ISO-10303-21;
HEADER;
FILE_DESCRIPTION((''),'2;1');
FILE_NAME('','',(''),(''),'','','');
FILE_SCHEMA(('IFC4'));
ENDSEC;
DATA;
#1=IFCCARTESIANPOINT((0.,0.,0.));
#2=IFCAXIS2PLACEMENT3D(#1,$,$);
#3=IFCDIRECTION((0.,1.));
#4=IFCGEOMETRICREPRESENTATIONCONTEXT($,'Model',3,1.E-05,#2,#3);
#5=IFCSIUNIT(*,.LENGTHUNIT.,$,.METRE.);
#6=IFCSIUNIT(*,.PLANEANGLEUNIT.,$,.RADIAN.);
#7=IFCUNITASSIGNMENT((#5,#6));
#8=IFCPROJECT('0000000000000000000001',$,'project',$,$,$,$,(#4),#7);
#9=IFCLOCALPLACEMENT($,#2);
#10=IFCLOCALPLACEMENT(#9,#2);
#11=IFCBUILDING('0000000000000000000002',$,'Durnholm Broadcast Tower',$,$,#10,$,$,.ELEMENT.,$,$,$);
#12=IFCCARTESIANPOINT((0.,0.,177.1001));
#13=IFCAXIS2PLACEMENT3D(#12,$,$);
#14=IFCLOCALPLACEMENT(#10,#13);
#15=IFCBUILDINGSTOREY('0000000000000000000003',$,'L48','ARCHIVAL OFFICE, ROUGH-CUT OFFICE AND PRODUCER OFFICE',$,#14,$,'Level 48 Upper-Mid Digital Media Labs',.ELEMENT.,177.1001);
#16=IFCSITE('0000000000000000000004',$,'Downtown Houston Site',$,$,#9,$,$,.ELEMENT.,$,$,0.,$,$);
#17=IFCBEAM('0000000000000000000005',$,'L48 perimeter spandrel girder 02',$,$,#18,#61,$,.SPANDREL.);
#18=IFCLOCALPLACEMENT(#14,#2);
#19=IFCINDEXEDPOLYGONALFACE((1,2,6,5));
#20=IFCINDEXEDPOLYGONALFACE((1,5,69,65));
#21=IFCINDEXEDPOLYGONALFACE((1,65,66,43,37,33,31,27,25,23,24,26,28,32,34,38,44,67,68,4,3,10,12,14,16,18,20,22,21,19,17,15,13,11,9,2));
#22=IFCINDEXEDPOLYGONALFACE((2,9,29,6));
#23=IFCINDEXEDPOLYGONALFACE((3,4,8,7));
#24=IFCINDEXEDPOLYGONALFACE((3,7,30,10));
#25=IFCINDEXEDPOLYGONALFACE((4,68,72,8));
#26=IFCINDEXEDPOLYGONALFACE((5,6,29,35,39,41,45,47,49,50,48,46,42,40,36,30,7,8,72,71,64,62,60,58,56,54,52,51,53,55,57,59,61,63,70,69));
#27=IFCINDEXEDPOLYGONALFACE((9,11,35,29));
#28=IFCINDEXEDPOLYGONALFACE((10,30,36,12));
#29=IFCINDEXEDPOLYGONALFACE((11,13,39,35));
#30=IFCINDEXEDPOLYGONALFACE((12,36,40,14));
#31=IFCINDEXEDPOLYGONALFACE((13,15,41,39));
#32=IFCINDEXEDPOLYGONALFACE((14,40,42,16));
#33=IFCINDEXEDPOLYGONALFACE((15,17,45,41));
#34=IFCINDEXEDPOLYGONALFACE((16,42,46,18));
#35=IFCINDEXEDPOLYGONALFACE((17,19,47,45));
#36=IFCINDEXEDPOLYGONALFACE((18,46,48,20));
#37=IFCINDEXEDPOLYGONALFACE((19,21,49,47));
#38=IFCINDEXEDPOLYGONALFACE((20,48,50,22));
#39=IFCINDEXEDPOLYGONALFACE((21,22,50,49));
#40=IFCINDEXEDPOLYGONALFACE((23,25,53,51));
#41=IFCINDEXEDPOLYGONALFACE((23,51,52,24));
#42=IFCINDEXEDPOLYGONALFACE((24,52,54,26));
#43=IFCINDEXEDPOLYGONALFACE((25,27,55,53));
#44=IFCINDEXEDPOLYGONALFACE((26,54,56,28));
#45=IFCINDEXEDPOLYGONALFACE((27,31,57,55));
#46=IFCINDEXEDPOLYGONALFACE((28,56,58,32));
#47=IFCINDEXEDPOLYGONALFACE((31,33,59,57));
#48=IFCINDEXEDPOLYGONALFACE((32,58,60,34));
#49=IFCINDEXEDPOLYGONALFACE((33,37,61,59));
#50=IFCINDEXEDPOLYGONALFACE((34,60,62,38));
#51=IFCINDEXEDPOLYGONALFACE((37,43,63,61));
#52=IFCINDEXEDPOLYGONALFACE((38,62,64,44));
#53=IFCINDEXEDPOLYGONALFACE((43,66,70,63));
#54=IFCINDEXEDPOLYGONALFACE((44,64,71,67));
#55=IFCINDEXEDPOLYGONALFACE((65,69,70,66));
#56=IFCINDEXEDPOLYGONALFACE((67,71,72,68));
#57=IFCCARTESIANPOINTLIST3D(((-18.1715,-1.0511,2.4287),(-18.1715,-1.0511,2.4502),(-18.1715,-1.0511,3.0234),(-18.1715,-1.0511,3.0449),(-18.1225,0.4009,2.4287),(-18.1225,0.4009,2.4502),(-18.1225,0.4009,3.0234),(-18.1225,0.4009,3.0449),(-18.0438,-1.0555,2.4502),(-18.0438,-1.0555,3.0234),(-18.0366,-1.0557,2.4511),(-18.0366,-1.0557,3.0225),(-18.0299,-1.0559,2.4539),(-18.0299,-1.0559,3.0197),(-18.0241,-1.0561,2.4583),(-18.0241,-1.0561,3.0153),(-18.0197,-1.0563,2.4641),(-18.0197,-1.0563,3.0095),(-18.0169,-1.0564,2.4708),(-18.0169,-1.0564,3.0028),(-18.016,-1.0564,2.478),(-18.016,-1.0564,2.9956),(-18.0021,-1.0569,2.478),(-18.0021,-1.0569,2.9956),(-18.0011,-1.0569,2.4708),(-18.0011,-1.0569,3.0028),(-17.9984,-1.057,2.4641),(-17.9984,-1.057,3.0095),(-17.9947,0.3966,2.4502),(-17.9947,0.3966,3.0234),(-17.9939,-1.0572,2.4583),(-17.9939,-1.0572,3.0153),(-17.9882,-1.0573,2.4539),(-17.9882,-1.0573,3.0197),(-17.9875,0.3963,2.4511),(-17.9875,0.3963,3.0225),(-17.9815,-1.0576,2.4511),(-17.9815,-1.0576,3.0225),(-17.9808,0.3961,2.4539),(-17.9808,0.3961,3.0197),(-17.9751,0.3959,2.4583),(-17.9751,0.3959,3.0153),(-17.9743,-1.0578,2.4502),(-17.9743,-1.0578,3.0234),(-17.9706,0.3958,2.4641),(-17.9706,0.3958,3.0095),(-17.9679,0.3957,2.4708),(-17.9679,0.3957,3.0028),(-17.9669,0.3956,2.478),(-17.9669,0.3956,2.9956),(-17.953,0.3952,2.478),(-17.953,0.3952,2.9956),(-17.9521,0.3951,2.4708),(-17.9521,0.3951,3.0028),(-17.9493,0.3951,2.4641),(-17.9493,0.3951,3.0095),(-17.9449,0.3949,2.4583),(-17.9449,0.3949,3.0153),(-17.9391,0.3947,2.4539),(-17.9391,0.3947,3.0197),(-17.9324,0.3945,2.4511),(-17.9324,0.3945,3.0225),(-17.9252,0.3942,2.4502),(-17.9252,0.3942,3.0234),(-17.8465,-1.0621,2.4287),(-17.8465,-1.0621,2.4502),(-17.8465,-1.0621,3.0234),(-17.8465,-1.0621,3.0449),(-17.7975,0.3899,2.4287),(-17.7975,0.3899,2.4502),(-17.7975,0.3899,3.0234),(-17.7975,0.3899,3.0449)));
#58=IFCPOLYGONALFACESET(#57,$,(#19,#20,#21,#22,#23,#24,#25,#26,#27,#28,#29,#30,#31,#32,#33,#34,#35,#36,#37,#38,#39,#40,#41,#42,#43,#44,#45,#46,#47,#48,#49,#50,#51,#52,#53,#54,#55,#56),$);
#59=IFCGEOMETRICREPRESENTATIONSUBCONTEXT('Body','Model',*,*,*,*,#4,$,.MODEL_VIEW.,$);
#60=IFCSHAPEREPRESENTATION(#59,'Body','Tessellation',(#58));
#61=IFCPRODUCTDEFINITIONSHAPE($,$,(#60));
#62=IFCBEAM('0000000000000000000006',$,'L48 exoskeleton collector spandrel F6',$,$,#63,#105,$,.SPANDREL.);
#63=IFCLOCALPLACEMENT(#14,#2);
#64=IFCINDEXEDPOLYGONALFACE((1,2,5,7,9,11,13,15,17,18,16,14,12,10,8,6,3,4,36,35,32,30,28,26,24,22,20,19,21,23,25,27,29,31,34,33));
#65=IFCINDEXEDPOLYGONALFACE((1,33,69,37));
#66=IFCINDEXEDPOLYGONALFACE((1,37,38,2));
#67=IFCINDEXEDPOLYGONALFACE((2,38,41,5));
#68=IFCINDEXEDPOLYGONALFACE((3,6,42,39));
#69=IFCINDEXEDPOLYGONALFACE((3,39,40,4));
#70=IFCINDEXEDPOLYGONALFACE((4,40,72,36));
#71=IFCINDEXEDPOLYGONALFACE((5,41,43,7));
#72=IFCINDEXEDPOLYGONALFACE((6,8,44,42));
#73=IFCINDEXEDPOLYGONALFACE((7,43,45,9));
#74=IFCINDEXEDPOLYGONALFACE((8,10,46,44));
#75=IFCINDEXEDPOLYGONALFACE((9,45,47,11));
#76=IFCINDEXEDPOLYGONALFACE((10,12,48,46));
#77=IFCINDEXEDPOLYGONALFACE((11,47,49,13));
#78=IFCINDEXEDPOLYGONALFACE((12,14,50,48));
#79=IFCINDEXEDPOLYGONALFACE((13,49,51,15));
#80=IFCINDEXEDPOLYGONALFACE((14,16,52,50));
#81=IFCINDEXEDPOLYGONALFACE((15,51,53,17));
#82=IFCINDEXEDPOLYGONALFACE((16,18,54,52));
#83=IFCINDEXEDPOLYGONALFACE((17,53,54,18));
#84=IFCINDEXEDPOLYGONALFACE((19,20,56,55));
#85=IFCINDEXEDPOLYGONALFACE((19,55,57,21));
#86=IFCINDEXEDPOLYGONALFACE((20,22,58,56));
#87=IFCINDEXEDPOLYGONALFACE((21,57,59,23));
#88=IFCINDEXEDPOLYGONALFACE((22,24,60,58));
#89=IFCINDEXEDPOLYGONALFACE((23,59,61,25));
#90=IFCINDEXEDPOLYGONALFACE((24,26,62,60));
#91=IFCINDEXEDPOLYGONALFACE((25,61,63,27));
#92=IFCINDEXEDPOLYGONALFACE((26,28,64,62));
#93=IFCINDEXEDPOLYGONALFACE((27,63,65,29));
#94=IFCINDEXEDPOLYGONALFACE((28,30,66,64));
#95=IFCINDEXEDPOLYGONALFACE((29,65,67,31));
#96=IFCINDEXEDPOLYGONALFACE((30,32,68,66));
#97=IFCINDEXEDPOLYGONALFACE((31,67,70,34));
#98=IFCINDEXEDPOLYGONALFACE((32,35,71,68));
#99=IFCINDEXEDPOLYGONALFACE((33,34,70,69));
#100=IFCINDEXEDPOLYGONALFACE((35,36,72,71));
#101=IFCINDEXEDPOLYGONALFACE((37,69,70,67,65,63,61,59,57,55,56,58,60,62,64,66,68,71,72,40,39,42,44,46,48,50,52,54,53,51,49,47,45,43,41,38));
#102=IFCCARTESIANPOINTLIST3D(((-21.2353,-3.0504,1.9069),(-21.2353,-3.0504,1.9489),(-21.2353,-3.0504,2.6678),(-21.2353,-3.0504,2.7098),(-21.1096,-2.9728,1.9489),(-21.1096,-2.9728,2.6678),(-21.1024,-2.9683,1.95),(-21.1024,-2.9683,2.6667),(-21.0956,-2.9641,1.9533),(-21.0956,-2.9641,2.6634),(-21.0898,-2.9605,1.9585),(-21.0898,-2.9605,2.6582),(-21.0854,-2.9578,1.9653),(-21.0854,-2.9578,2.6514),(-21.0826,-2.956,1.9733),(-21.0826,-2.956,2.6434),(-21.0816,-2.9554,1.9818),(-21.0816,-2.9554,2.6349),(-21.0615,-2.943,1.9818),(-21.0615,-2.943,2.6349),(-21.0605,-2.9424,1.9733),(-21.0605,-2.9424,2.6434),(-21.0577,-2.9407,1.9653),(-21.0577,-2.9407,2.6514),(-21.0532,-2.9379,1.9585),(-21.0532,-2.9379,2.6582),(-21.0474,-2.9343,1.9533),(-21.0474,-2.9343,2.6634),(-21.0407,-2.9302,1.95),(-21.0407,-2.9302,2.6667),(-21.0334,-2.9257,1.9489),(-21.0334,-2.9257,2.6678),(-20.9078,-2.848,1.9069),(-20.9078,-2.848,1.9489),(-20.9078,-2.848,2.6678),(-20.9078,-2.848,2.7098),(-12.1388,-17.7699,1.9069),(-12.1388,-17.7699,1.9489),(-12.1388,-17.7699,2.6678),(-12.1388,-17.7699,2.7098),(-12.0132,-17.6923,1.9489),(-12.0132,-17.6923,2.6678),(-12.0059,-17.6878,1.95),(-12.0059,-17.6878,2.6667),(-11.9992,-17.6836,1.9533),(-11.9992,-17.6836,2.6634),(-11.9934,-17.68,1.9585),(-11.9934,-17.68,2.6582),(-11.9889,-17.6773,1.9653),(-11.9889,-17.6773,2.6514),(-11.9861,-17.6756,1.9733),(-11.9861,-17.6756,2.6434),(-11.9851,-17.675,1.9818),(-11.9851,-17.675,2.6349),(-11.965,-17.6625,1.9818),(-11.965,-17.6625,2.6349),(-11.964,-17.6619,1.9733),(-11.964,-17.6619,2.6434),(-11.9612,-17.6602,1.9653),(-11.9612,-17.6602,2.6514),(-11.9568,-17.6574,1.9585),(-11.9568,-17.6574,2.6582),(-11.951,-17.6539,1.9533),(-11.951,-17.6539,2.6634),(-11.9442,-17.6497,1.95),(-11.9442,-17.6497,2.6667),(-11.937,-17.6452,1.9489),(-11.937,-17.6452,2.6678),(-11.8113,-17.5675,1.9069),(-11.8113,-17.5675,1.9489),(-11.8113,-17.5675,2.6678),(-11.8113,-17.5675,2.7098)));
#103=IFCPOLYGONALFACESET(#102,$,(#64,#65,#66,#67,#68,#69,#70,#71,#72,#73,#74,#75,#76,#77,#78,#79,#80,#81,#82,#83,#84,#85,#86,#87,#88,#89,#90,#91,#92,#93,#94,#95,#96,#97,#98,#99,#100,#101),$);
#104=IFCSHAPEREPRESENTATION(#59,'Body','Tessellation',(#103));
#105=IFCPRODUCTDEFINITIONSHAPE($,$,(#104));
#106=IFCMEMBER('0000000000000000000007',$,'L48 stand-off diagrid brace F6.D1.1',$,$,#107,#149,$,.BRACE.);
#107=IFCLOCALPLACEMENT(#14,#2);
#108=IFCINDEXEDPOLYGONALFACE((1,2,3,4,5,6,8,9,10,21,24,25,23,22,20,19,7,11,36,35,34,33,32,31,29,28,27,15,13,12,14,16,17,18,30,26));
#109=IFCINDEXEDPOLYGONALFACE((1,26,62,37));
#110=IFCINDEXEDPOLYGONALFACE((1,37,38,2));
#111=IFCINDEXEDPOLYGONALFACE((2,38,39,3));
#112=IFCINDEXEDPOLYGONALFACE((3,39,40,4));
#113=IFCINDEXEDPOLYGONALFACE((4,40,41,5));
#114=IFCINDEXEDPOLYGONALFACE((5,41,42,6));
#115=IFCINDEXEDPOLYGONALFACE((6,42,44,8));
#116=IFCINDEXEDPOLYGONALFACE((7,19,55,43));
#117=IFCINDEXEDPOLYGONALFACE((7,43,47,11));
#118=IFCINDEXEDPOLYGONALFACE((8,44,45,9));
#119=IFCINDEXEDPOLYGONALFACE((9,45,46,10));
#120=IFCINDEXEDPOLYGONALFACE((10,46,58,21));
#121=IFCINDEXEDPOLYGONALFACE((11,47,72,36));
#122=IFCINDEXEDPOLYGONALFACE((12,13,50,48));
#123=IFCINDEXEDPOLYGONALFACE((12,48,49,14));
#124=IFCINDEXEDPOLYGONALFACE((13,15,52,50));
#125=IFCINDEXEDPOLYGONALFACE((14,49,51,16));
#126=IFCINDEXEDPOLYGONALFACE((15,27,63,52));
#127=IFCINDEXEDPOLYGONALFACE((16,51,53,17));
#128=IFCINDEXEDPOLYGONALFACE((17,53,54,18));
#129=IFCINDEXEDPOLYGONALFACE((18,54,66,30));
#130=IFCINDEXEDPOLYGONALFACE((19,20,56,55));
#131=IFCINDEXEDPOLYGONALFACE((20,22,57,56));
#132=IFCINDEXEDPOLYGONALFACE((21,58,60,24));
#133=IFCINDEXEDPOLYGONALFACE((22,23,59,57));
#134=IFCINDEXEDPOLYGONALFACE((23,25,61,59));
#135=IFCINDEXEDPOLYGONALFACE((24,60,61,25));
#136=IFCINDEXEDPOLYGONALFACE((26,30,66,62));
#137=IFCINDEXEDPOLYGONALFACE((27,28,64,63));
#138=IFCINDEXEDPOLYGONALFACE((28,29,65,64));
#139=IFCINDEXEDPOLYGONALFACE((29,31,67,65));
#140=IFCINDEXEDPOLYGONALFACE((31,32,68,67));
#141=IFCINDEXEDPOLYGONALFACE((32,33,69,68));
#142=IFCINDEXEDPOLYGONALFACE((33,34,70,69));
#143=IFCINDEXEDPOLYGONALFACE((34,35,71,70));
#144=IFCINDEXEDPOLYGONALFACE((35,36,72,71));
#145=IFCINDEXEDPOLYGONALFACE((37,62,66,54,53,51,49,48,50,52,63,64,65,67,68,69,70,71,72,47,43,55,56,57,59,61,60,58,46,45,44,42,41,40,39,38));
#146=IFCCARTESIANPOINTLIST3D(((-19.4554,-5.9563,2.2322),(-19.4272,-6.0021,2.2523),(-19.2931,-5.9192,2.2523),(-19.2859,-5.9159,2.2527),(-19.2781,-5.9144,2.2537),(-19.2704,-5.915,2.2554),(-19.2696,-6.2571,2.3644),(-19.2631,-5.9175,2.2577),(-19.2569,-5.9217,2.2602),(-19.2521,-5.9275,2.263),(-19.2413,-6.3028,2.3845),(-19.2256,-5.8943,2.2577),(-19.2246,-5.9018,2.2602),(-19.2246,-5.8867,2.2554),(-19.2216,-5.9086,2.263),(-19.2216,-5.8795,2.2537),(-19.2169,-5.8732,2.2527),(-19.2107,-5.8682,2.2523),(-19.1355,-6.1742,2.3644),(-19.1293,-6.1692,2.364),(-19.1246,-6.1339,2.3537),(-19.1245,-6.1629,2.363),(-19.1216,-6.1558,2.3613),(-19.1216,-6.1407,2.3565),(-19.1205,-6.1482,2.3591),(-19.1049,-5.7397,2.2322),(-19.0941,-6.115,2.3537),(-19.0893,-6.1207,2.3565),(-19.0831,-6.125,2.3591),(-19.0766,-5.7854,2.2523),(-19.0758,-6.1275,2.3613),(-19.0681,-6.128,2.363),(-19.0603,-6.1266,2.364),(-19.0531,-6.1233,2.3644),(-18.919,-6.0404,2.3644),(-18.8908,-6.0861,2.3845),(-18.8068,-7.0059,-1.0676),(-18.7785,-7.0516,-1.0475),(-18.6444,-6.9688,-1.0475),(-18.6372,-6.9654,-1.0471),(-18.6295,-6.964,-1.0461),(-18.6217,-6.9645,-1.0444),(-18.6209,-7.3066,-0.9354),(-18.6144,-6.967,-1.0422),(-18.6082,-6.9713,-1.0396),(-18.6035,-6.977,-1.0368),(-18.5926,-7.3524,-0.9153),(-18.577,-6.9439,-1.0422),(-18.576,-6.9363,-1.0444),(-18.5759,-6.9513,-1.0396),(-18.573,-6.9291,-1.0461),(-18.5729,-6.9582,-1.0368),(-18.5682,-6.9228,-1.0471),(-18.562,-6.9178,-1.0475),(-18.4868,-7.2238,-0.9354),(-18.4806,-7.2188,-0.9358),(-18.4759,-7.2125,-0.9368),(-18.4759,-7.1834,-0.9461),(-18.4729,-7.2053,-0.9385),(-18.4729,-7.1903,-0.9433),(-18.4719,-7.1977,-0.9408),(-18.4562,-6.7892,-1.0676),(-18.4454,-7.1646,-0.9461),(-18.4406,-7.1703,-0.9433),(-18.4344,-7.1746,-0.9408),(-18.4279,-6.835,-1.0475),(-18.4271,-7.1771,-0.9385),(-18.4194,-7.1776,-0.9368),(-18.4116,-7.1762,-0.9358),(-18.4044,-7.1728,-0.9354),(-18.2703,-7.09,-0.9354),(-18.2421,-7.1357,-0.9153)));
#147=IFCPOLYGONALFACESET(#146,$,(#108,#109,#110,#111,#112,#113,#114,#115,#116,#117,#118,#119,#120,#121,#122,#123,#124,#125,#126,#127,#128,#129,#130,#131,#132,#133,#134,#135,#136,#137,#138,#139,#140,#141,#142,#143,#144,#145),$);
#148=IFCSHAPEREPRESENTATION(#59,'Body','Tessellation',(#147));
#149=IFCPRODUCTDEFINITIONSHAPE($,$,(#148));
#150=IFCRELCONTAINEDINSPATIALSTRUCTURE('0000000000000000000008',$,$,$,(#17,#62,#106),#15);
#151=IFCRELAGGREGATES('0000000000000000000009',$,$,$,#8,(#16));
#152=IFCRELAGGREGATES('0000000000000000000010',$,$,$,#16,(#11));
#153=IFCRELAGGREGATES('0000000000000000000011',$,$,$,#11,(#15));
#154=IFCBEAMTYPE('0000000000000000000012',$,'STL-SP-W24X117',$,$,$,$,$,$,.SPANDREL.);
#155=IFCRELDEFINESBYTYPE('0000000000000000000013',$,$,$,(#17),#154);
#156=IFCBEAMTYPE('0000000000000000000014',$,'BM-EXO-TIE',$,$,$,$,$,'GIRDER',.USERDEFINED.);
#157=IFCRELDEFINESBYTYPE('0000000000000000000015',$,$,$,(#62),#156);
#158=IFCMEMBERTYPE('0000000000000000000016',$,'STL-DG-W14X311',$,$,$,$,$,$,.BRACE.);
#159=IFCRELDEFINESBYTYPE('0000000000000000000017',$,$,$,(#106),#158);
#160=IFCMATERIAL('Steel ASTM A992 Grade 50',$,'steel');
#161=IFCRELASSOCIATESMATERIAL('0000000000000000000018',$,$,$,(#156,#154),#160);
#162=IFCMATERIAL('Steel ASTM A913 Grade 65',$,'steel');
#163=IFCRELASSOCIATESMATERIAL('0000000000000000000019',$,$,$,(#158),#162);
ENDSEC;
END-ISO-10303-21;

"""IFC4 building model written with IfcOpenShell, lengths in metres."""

from ifc_helpers import new_model, si_unit, direction, frame, origin, origin_2d, place, context, subcontext, project, spatial, i_section, extrude, source, transform, mapped, material, material_profile, profile_set, type_object, type_shapes, element, save


model = new_model("IFC4")

# Units and contexts
model_context = context("Model", 3, precision=1e-05, world=origin(), true_north=direction((0.0, 1.0)))
body_context = subcontext(model_context, "Body", "Model", "MODEL_VIEW")
ifc_project = project(units=[si_unit("LENGTHUNIT", "METRE"), si_unit("PLANEANGLEUNIT", "RADIAN")], contexts=[model_context])

# Site, building, storey
site_placement = place(None, origin())
site = spatial("IfcSite", under=ifc_project, at=site_placement, Name="Downtown Houston Site", CompositionType="ELEMENT", RefElevation=0.0)
building_placement = place(site_placement, origin())
building = spatial("IfcBuilding", under=site, at=building_placement, Name="Durnholm Broadcast Tower", CompositionType="ELEMENT")
storey_placement = place(building_placement, frame((0.0, 0.0, 177.1001)))
storey = spatial("IfcBuildingStorey", under=building, at=storey_placement, Name="L48", Description="ARCHIVAL OFFICE, ROUGH-CUT OFFICE AND PRODUCER OFFICE", LongName="Level 48 Upper-Mid Digital Media Labs", CompositionType="ELEMENT", Elevation=177.1001)

# Beams
ifc_material_1 = material(Name="Steel ASTM A992 Grade 50", Category="steel")
ifc_material_profile_1 = material_profile(ifc_material_1, i_section(OverallWidth=0.385, OverallDepth=0.803, WebThickness=0.0237, FlangeThickness=0.042, FilletRadius=0.033, at=origin_2d()), Name="W30X261")
ifc_profile_set_1 = profile_set([ifc_material_profile_1], Name="Steel ASTM A992 Grade 50")
beam_type_1 = type_object("IfcBeamType", Name="BM-EXO-TIE", ElementType="GIRDER", PredefinedType="USERDEFINED", material=ifc_profile_set_1)
ifc_material_profile_2 = material_profile(ifc_material_1, i_section(OverallWidth=0.3252, OverallDepth=0.6162, WebThickness=0.0139, FlangeThickness=0.0215, FilletRadius=0.0278, at=origin_2d()), Name="W24X117")
ifc_profile_set_2 = profile_set([ifc_material_profile_2], Name="Steel ASTM A992 Grade 50")
beam_type_2 = type_object("IfcBeamType", Name="STL-SP-W24X117", PredefinedType="SPANDREL", material=ifc_profile_set_2)
shared_shape_1 = source(origin(), body_context, "Body", "SweptSolid", [
    extrude(i_section(OverallWidth=0.3252, OverallDepth=0.6162, WebThickness=0.0139, FlangeThickness=0.0215, FilletRadius=0.0278, at=origin_2d()), origin(), (0.0, 0.0, 1.0), 1.4529),
])
beam_1_placement = place(storey_placement, frame((-18.009, -1.0566, 2.7368), z_axis=(0.033774, 0.99943, 0.0), x_axis=(-0.99943, 0.033774, 0.0)))
element("IfcBeam", 1, at=beam_1_placement, inside=storey, type_object=beam_type_2, Name="L48 perimeter spandrel girder 02", PredefinedType="SPANDREL", context=body_context, shape_type="MappedRepresentation", body=[
    mapped(shared_shape_1, transform((0.0, 0.0, 0.0), x_axis=(1.0, 0.0, 0.0), y_axis=(0.0, 1.0, 0.0), z_axis=(0.0, 0.0, 1.0), scale=1.0)),
])
shared_shape_2 = source(origin(), body_context, "Body", "SweptSolid", [
    extrude(i_section(OverallWidth=0.385, OverallDepth=0.803, WebThickness=0.0237, FlangeThickness=0.042, FilletRadius=0.033, at=origin_2d()), origin(), (0.0, 0.0, 1.0), 17.3035),
])
beam_2_placement = place(storey_placement, frame((-21.0715, -2.9492, 2.3083), z_axis=(0.525702, -0.850669, 0.0), x_axis=(0.850669, 0.525702, 0.0)))
element("IfcBeam", 2, at=beam_2_placement, inside=storey, type_object=beam_type_1, Name="L48 exoskeleton collector spandrel F6", PredefinedType="SPANDREL", context=body_context, shape_type="MappedRepresentation", body=[
    mapped(shared_shape_2, transform((0.0, 0.0, 0.0), x_axis=(1.0, 0.0, 0.0), y_axis=(0.0, 1.0, 0.0), z_axis=(0.0, 0.0, 1.0), scale=1.0)),
])

# Member
ifc_material_2 = material(Name="Steel ASTM A913 Grade 65", Category="steel")
ifc_material_profile_3 = material_profile(ifc_material_2, i_section(OverallWidth=0.4121, OverallDepth=0.4348, WebThickness=0.0359, FlangeThickness=0.0574, FilletRadius=0.0305, at=origin_2d()), Name="W14X311")
ifc_profile_set_3 = profile_set([ifc_material_profile_3], Name="Steel ASTM A913 Grade 65")
member_type_1 = type_object("IfcMemberType", Name="STL-DG-W14X311", PredefinedType="BRACE", material=ifc_profile_set_3)
shared_shape_3 = source(origin(), body_context, "Body", "SweptSolid", [
    extrude(i_section(OverallWidth=0.4121, OverallDepth=0.4348, WebThickness=0.0359, FlangeThickness=0.0574, FilletRadius=0.0305, at=origin_2d()), origin(), (0.0, 0.0, 1.0), 3.5229),
])
type_shapes(member_type_1, [shared_shape_3])
for number, where, z_axis, x_axis, name in (
    (3, (-18.5244, -7.0708, -0.9915), (-0.184131, 0.297922, 0.936663), (-0.850644, -0.525741, 0.0), "L48 stand-off diagrid brace F6.D1.1"),
):
    element("IfcMember", number, at=place(storey_placement, frame(where, z_axis=z_axis, x_axis=x_axis)), inside=storey, type_object=member_type_1, Name=name, PredefinedType="BRACE", context=body_context, shape_type="MappedRepresentation", body=[
        mapped(shared_shape_3, transform((0.0, 0.0, 0.0), x_axis=(1.0, 0.0, 0.0), y_axis=(0.0, 1.0, 0.0), z_axis=(0.0, 0.0, 1.0), scale=1.0)),
    ])

save(model, "model.ifc")
